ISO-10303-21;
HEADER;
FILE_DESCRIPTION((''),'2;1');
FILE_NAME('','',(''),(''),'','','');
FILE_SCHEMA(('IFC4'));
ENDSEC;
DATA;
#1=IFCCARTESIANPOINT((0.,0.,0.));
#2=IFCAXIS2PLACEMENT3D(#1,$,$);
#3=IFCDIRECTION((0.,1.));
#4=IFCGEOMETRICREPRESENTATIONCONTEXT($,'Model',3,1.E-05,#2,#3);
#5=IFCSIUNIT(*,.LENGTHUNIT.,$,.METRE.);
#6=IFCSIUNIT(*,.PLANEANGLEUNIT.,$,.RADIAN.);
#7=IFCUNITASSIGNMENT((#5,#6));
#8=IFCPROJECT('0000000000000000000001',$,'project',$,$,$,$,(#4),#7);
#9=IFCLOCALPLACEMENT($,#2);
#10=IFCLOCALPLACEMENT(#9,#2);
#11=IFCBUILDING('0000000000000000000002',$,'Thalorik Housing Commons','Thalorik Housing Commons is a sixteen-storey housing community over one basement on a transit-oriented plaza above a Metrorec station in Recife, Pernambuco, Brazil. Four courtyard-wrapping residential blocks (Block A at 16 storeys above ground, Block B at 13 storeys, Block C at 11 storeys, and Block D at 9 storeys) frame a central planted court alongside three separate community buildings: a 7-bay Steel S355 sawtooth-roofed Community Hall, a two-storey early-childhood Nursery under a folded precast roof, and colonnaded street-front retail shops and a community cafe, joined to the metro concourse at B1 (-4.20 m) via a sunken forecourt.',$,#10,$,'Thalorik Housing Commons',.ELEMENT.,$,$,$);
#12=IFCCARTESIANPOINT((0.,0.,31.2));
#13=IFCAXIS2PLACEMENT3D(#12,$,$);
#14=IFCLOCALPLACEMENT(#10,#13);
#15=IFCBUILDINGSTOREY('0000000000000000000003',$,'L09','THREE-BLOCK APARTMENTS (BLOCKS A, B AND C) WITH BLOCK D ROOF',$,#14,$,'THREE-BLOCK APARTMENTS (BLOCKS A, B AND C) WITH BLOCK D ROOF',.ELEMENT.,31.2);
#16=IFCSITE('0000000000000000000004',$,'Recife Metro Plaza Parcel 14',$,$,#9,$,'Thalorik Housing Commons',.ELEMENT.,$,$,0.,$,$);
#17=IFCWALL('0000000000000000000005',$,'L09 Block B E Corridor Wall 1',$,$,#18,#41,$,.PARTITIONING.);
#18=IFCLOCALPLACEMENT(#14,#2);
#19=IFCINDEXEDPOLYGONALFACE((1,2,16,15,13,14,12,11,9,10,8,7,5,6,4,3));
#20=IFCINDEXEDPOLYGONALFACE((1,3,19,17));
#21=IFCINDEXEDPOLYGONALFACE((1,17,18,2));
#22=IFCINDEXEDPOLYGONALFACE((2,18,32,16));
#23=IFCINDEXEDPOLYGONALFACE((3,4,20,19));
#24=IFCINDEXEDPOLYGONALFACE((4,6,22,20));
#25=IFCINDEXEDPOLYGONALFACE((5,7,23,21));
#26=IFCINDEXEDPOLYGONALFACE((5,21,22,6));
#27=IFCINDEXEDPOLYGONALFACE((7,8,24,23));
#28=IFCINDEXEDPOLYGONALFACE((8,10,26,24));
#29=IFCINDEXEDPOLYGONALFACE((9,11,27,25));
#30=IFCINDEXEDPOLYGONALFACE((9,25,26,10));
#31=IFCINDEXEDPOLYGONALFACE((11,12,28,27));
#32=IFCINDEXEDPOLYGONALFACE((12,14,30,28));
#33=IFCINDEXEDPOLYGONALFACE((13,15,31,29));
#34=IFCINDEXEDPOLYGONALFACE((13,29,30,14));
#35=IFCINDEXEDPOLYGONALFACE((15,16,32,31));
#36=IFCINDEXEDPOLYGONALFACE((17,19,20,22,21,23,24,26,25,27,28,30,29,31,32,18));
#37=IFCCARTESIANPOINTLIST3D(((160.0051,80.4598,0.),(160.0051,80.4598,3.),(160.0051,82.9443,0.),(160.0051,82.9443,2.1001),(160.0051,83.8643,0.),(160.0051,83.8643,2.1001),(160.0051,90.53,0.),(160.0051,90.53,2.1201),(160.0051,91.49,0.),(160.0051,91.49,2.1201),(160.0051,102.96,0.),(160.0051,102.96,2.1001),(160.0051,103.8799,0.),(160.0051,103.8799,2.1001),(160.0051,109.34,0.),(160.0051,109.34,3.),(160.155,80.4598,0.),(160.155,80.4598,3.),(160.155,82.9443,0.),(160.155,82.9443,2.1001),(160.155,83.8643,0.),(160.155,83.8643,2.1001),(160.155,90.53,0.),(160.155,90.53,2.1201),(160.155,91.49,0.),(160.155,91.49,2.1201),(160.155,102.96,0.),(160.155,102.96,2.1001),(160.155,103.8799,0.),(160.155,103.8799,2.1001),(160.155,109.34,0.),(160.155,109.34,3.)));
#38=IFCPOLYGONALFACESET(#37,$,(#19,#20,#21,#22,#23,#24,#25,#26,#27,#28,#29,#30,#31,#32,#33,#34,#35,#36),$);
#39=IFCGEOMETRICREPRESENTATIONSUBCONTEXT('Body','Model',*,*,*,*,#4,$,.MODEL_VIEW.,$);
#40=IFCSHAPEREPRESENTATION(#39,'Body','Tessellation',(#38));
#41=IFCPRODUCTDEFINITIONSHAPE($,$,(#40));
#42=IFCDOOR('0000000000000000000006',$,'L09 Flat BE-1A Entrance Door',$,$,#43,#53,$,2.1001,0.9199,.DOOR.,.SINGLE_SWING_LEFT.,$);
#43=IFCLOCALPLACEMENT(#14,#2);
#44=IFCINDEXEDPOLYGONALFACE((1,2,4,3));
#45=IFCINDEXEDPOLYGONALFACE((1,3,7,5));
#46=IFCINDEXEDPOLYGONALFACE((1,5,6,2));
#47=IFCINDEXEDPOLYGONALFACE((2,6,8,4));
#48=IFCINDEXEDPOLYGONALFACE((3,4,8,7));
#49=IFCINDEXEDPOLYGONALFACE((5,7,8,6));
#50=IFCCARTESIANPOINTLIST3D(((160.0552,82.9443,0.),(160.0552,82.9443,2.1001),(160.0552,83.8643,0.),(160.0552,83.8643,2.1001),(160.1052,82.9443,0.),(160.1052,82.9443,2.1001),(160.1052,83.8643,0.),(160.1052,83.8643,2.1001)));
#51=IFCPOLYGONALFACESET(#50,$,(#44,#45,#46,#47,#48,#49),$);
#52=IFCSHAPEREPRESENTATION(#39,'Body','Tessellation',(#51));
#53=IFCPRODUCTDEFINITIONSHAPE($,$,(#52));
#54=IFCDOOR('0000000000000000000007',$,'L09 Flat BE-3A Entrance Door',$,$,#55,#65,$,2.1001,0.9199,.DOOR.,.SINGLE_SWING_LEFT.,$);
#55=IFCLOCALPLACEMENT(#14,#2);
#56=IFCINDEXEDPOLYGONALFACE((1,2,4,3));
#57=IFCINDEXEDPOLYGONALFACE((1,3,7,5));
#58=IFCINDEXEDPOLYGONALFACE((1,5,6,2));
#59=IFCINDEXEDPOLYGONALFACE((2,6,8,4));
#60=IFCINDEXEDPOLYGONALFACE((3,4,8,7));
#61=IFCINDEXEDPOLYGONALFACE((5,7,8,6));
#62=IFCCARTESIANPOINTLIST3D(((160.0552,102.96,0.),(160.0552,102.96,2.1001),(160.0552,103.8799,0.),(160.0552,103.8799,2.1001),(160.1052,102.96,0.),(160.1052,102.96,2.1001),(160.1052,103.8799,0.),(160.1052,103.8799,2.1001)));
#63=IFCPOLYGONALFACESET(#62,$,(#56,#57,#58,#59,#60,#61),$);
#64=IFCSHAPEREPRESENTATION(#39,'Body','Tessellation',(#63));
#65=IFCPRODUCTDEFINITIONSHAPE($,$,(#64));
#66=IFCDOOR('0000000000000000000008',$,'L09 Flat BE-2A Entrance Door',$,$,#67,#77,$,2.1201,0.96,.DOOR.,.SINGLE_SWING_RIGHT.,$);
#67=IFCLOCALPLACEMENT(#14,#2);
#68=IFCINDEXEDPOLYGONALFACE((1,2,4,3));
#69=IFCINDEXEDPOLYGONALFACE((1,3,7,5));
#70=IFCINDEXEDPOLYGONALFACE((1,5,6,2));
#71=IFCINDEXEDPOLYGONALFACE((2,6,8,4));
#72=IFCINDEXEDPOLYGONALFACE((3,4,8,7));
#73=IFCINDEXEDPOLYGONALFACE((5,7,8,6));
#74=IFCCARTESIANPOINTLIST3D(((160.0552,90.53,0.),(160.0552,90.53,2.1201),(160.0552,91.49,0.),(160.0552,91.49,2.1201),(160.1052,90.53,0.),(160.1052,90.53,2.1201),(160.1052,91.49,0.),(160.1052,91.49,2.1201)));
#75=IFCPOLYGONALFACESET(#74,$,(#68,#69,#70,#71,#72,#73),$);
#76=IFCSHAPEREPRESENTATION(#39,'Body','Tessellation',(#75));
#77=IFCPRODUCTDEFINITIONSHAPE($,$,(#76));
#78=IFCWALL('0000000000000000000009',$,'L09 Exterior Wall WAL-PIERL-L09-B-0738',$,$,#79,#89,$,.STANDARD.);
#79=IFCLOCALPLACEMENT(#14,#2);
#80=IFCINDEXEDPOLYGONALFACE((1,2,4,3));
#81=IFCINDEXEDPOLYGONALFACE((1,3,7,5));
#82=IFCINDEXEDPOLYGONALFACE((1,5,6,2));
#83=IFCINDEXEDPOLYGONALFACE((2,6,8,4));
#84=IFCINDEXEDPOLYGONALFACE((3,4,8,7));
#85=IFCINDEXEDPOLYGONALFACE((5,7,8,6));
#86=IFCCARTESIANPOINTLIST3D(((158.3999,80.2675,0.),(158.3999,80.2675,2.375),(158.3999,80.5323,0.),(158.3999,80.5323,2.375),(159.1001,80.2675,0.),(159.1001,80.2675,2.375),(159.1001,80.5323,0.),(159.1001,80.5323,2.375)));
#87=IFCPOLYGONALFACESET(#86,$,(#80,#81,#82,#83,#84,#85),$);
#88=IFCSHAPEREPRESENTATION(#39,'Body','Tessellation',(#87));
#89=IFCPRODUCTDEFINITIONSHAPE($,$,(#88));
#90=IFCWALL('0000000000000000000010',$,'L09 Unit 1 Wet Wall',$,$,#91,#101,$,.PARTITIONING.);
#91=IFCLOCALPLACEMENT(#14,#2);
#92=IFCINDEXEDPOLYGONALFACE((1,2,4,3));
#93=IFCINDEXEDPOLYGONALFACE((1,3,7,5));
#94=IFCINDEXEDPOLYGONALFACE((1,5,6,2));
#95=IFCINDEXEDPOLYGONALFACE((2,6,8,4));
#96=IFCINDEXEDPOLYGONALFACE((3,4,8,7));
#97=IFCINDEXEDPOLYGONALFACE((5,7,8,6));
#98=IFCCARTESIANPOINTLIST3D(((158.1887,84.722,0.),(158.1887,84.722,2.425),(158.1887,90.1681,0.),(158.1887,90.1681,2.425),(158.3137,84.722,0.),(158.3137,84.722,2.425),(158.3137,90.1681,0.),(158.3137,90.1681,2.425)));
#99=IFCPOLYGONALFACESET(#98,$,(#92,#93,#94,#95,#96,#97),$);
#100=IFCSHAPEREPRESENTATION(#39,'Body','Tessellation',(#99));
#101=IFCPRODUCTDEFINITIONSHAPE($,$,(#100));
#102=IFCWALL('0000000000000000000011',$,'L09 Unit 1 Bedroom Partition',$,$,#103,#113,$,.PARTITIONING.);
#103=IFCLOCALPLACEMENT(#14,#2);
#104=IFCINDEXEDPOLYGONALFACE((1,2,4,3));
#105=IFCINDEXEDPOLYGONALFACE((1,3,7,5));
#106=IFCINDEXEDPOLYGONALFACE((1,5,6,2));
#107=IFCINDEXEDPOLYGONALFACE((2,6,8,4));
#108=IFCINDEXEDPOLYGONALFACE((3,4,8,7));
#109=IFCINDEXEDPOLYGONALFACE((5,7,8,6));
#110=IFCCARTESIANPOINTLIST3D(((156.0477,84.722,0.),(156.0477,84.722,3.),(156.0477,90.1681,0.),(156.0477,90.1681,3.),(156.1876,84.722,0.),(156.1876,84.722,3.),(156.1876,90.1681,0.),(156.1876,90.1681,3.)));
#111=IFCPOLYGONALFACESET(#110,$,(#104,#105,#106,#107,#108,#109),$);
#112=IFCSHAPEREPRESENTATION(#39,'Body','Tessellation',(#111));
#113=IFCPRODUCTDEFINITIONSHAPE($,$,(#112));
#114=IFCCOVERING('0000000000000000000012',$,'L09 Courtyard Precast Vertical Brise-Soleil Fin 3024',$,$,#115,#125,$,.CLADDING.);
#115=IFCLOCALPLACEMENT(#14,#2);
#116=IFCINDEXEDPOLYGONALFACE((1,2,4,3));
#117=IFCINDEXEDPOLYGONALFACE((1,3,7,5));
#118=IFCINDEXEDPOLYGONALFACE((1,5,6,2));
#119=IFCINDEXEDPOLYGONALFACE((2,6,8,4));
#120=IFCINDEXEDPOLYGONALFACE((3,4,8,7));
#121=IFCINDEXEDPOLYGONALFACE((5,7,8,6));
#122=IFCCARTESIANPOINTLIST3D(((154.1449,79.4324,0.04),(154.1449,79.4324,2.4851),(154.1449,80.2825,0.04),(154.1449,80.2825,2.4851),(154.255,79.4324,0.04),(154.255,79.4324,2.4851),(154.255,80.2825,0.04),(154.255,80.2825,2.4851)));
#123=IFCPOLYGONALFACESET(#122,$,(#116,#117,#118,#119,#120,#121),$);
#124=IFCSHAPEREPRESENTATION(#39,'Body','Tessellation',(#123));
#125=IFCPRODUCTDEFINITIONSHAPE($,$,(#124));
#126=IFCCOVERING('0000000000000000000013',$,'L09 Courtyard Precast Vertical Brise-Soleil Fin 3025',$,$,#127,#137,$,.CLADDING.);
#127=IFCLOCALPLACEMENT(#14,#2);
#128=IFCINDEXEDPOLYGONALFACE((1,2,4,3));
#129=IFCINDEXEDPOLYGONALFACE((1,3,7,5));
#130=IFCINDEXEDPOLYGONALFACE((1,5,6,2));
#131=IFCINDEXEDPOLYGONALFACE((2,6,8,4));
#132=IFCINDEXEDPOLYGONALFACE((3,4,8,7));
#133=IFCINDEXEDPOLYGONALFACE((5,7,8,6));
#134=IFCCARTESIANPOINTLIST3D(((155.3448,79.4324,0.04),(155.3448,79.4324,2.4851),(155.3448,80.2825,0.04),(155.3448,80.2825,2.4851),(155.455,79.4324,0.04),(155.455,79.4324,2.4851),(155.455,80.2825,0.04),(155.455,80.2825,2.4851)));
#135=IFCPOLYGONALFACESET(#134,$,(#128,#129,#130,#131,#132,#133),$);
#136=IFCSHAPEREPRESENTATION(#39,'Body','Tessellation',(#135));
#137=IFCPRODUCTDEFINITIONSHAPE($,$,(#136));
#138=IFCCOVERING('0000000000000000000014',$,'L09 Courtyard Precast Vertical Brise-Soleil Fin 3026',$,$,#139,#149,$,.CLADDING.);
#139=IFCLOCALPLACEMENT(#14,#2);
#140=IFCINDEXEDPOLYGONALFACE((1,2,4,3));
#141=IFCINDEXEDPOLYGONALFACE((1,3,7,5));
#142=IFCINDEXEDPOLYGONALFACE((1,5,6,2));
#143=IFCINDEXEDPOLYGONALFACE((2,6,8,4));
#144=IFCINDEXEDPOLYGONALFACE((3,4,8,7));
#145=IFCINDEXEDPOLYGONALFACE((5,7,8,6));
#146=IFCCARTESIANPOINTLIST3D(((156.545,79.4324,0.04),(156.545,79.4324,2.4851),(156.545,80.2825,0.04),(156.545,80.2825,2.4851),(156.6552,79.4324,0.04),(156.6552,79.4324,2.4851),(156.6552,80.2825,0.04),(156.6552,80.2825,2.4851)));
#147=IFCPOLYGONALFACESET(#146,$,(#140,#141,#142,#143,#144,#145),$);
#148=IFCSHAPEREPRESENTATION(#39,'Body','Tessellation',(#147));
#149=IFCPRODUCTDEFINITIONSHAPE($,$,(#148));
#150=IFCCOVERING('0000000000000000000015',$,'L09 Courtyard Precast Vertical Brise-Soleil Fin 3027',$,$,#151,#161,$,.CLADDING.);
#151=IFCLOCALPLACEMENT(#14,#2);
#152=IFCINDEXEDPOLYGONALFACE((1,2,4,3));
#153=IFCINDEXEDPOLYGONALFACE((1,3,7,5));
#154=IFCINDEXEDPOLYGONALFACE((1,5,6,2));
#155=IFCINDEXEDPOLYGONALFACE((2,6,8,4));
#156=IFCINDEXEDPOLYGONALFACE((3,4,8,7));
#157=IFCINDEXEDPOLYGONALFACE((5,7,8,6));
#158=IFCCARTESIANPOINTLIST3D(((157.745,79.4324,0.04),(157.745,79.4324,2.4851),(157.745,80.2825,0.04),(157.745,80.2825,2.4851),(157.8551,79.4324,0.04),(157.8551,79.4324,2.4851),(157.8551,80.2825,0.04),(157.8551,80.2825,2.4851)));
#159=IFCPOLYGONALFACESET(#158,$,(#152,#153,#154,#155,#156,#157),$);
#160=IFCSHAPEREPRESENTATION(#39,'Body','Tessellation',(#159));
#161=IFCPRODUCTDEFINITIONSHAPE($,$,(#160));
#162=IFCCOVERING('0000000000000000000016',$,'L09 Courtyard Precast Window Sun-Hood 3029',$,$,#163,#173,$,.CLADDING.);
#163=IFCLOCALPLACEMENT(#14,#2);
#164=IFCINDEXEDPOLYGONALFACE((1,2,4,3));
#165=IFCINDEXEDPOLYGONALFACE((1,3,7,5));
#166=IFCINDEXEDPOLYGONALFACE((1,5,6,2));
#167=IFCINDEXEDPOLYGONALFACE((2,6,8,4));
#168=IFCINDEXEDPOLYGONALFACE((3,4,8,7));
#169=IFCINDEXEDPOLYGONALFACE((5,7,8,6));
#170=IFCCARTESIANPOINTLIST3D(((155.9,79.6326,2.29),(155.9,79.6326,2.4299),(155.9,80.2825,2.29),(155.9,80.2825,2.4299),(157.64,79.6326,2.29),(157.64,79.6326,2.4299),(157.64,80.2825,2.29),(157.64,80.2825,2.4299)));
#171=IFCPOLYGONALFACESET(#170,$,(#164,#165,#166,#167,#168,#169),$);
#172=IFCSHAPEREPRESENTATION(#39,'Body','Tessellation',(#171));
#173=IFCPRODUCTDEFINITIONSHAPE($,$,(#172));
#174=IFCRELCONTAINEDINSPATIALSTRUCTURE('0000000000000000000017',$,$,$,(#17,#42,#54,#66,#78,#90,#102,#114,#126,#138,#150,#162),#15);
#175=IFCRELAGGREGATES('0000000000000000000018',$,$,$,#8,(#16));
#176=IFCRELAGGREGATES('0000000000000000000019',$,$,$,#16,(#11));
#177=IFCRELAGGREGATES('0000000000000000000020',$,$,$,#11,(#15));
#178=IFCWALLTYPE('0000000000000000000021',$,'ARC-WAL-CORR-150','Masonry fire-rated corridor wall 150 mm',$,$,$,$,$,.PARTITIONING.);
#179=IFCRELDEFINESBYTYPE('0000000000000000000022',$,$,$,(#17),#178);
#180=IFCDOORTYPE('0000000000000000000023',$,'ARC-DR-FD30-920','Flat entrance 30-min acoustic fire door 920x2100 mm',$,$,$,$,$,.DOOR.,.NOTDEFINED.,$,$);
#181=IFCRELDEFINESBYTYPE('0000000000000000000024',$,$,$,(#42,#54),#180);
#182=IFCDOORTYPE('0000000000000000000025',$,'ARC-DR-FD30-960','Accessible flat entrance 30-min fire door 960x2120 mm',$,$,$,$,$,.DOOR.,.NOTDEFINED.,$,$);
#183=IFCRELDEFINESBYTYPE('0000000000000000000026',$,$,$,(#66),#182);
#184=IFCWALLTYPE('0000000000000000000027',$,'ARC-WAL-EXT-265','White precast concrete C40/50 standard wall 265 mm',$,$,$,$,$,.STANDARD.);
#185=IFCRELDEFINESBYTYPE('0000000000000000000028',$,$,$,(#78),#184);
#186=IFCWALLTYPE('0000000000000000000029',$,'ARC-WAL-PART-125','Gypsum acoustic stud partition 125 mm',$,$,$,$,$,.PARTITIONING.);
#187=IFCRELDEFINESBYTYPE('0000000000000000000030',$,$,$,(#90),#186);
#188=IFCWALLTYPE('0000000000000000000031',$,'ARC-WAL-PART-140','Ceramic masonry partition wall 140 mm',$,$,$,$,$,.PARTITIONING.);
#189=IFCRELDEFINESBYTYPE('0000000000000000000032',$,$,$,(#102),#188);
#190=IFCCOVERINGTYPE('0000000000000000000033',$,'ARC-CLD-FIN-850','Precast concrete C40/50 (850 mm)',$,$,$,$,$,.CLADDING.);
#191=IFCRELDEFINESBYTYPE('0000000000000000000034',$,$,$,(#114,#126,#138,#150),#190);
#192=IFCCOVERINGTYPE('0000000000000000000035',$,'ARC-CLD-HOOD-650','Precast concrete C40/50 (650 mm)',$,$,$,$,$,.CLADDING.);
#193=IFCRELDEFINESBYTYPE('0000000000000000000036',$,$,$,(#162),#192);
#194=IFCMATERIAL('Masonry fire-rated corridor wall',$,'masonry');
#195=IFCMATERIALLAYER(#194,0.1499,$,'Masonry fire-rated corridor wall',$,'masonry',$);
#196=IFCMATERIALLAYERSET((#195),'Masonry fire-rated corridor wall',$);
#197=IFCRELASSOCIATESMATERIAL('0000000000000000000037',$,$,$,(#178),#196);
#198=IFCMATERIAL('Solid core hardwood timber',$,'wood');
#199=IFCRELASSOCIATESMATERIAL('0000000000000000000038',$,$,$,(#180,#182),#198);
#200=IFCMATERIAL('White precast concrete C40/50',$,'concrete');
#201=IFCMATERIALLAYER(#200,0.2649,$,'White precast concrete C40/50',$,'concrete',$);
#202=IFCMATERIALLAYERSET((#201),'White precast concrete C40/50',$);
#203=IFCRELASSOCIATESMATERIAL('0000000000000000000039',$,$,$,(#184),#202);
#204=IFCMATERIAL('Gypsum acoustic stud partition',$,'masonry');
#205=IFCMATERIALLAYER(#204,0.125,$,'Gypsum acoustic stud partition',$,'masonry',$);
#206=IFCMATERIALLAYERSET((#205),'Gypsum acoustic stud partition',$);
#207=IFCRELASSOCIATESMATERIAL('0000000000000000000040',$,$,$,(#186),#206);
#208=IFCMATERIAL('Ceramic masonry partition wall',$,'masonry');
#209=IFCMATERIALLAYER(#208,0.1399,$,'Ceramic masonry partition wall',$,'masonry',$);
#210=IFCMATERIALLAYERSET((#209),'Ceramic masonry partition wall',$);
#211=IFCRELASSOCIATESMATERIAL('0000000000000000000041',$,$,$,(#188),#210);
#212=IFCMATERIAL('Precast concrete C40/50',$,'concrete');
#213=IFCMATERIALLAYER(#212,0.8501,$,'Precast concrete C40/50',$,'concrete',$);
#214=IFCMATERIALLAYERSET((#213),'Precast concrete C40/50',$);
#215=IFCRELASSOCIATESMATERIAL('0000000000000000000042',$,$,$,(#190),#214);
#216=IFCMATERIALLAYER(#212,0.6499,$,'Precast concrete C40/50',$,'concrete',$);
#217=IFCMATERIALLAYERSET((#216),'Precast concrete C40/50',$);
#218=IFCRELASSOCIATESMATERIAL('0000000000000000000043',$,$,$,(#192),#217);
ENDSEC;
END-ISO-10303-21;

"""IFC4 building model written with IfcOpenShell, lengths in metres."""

from ifc_helpers import new_model, si_unit, direction, frame, frame_2d, origin, origin_2d, place, context, subcontext, project, spatial, rectangle, extrude, material, layer, layer_set, type_object, element, fill, save


model = new_model("IFC4")

# Units and contexts
model_context = context("Model", 3, precision=1e-05, world=origin(), true_north=direction((0.0, 1.0)))
body_context = subcontext(model_context, "Body", "Model", "MODEL_VIEW")
ifc_project = project(units=[si_unit("LENGTHUNIT", "METRE"), si_unit("PLANEANGLEUNIT", "RADIAN")], contexts=[model_context])

# Site, building, storey
site_placement = place(None, origin())
site = spatial("IfcSite", under=ifc_project, at=site_placement, Name="Recife Metro Plaza Parcel 14", LongName="Thalorik Housing Commons", CompositionType="ELEMENT", RefElevation=0.0)
building_placement = place(site_placement, origin())
building = spatial("IfcBuilding", under=site, at=building_placement, Name="Thalorik Housing Commons", Description="Thalorik Housing Commons is a sixteen-storey housing community over one basement on a transit-oriented plaza above a Metrorec station in Recife, Pernambuco, Brazil. Four courtyard-wrapping residential blocks (Block A at 16 storeys above ground, Block B at 13 storeys, Block C at 11 storeys, and Block D at 9 storeys) frame a central planted court alongside three separate community buildings: a 7-bay Steel S355 sawtooth-roofed Community Hall, a two-storey early-childhood Nursery under a folded precast roof, and colonnaded street-front retail shops and a community cafe, joined to the metro concourse at B1 (-4.20 m) via a sunken forecourt.", LongName="Thalorik Housing Commons", CompositionType="ELEMENT")
storey_placement = place(building_placement, frame((0.0, 0.0, 31.2)))
storey = spatial("IfcBuildingStorey", under=building, at=storey_placement, Name="L09", Description="THREE-BLOCK APARTMENTS (BLOCKS A, B AND C) WITH BLOCK D ROOF", LongName="THREE-BLOCK APARTMENTS (BLOCKS A, B AND C) WITH BLOCK D ROOF", CompositionType="ELEMENT", Elevation=31.2)

# Shared definitions
ifc_material_1 = material(Name="Precast concrete C40/50", Category="concrete")

# Wall, openings, doors
ifc_material_2 = material(Name="Masonry fire-rated corridor wall", Category="masonry")
ifc_layer_1 = layer(ifc_material_2, 0.1499, Name="Masonry fire-rated corridor wall", Category="masonry")
ifc_layer_set_1 = layer_set([ifc_layer_1], Name="Masonry fire-rated corridor wall")
wall_type_1 = type_object("IfcWallType", Name="ARC-WAL-CORR-150", Description="Masonry fire-rated corridor wall 150 mm", PredefinedType="PARTITIONING", material=ifc_layer_set_1)
wall_1_placement = place(storey_placement, frame((160.0801, 80.46, 0.0), z_axis=(0.0, 0.0, 1.0), x_axis=(0.0, 1.0, 0.0)))
wall_1 = element("IfcWall", 1, at=wall_1_placement, inside=storey, type_object=wall_type_1, Name="L09 Block B E Corridor Wall 1", PredefinedType="PARTITIONING", context=body_context, shape_type="SweptSolid", body=[
    extrude(rectangle(XDim=28.8801, YDim=0.1499, at=frame_2d((14.4399, 0.0))), origin(), (0.0, 0.0, 1.0), 3.0),
])
opening_1_placement = place(wall_1_placement, frame((2.4844, 0.0, 0.0)))
opening_1 = element("IfcOpeningElement", 2, at=opening_1_placement, cuts=wall_1, PredefinedType="OPENING", context=body_context, shape_type="SweptSolid", body=[
    extrude(rectangle(XDim=0.9199, YDim=2.1001, at=frame_2d((0.46, 1.05))), frame((0.0, 0.085, 0.0), z_axis=(0.0, -1.0, 0.0), x_axis=(1.0, 0.0, 0.0)), (0.0, 0.0, 1.0), 0.1699),
])
opening_2_placement = place(wall_1_placement, frame((10.0701, 0.0, 0.0)))
opening_2 = element("IfcOpeningElement", 3, at=opening_2_placement, cuts=wall_1, PredefinedType="OPENING", context=body_context, shape_type="SweptSolid", body=[
    extrude(rectangle(XDim=0.96, YDim=2.1201, at=frame_2d((0.48, 1.0601))), frame((0.0, 0.085, 0.0), z_axis=(0.0, -1.0, 0.0), x_axis=(1.0, 0.0, 0.0)), (0.0, 0.0, 1.0), 0.1699),
])
opening_3_placement = place(wall_1_placement, frame((22.5, 0.0, 0.0)))
opening_3 = element("IfcOpeningElement", 4, at=opening_3_placement, cuts=wall_1, PredefinedType="OPENING", context=body_context, shape_type="SweptSolid", body=[
    extrude(rectangle(XDim=0.9199, YDim=2.1001, at=frame_2d((0.46, 1.05))), frame((0.0, 0.085, 0.0), z_axis=(0.0, -1.0, 0.0), x_axis=(1.0, 0.0, 0.0)), (0.0, 0.0, 1.0), 0.1699),
])
ifc_material_3 = material(Name="Solid core hardwood timber", Category="wood")
door_type_1 = type_object("IfcDoorType", Name="ARC-DR-FD30-920", Description="Flat entrance 30-min acoustic fire door 920x2100 mm", OperationType="NOTDEFINED", PredefinedType="DOOR", material=ifc_material_3)
door_1_placement = place(opening_1_placement, origin())
door_1 = element("IfcDoor", 5, at=door_1_placement, inside=storey, type_object=door_type_1, Name="L09 Flat BE-1A Entrance Door", OperationType="SINGLE_SWING_LEFT", OverallHeight=2.1001, OverallWidth=0.9199, PredefinedType="DOOR", context=body_context, shape_type="SweptSolid", body=[
    extrude(rectangle(XDim=0.9199, YDim=2.1001, at=frame_2d((0.46, 1.05))), frame((0.0, 0.0249, 0.0), z_axis=(0.0, -1.0, 0.0), x_axis=(1.0, 0.0, 0.0)), (0.0, 0.0, 1.0), 0.05),
])
fill(opening_1, door_1)
door_2_placement = place(opening_3_placement, origin())
door_2 = element("IfcDoor", 6, at=door_2_placement, inside=storey, type_object=door_type_1, Name="L09 Flat BE-3A Entrance Door", OperationType="SINGLE_SWING_LEFT", OverallHeight=2.1001, OverallWidth=0.9199, PredefinedType="DOOR", context=body_context, shape_type="SweptSolid", body=[
    extrude(rectangle(XDim=0.9199, YDim=2.1001, at=frame_2d((0.46, 1.05))), frame((0.0, 0.0249, 0.0), z_axis=(0.0, -1.0, 0.0), x_axis=(1.0, 0.0, 0.0)), (0.0, 0.0, 1.0), 0.05),
])
fill(opening_3, door_2)
door_type_2 = type_object("IfcDoorType", Name="ARC-DR-FD30-960", Description="Accessible flat entrance 30-min fire door 960x2120 mm", OperationType="NOTDEFINED", PredefinedType="DOOR", material=ifc_material_3)
door_3_placement = place(opening_2_placement, origin())
door_3 = element("IfcDoor", 7, at=door_3_placement, inside=storey, type_object=door_type_2, Name="L09 Flat BE-2A Entrance Door", OperationType="SINGLE_SWING_RIGHT", OverallHeight=2.1201, OverallWidth=0.96, PredefinedType="DOOR", context=body_context, shape_type="SweptSolid", body=[
    extrude(rectangle(XDim=0.96, YDim=2.1201, at=frame_2d((0.48, 1.0601))), frame((0.0, 0.0249, 0.0), z_axis=(0.0, -1.0, 0.0), x_axis=(1.0, 0.0, 0.0)), (0.0, 0.0, 1.0), 0.05),
])
fill(opening_2, door_3)

# Walls
ifc_material_4 = material(Name="White precast concrete C40/50", Category="concrete")
ifc_layer_2 = layer(ifc_material_4, 0.2649, Name="White precast concrete C40/50", Category="concrete")
ifc_layer_set_2 = layer_set([ifc_layer_2], Name="White precast concrete C40/50")
wall_type_2 = type_object("IfcWallType", Name="ARC-WAL-EXT-265", Description="White precast concrete C40/50 standard wall 265 mm", PredefinedType="STANDARD", material=ifc_layer_set_2)
wall_2_placement = place(storey_placement, frame((158.3999, 80.3999, 0.0), z_axis=(0.0, 0.0, 1.0), x_axis=(1.0, 0.0, 0.0)))
element("IfcWall", 8, at=wall_2_placement, inside=storey, type_object=wall_type_2, Name="L09 Exterior Wall WAL-PIERL-L09-B-0738", PredefinedType="STANDARD", context=body_context, shape_type="SweptSolid", body=[
    extrude(rectangle(XDim=0.7002, YDim=0.2649, at=frame_2d((0.3501, 0.0))), origin(), (0.0, 0.0, 1.0), 2.375),
])
ifc_material_5 = material(Name="Gypsum acoustic stud partition", Category="masonry")
ifc_layer_3 = layer(ifc_material_5, 0.125, Name="Gypsum acoustic stud partition", Category="masonry")
ifc_layer_set_3 = layer_set([ifc_layer_3], Name="Gypsum acoustic stud partition")
wall_type_3 = type_object("IfcWallType", Name="ARC-WAL-PART-125", Description="Gypsum acoustic stud partition 125 mm", PredefinedType="PARTITIONING", material=ifc_layer_set_3)
wall_3_placement = place(storey_placement, frame((158.2512, 84.7219, 0.0), z_axis=(0.0, 0.0, 1.0), x_axis=(0.0, 1.0, 0.0)))
element("IfcWall", 9, at=wall_3_placement, inside=storey, type_object=wall_type_3, Name="L09 Unit 1 Wet Wall", PredefinedType="PARTITIONING", context=body_context, shape_type="SweptSolid", body=[
    extrude(rectangle(XDim=5.446, YDim=0.125, at=frame_2d((2.7231, 0.0))), origin(), (0.0, 0.0, 1.0), 2.425),
])
ifc_material_6 = material(Name="Ceramic masonry partition wall", Category="masonry")
ifc_layer_4 = layer(ifc_material_6, 0.1399, Name="Ceramic masonry partition wall", Category="masonry")
ifc_layer_set_4 = layer_set([ifc_layer_4], Name="Ceramic masonry partition wall")
wall_type_4 = type_object("IfcWallType", Name="ARC-WAL-PART-140", Description="Ceramic masonry partition wall 140 mm", PredefinedType="PARTITIONING", material=ifc_layer_set_4)
wall_4_placement = place(storey_placement, frame((156.1177, 84.7219, 0.0), z_axis=(0.0, 0.0, 1.0), x_axis=(0.0, 1.0, 0.0)))
element("IfcWall", 10, at=wall_4_placement, inside=storey, type_object=wall_type_4, Name="L09 Unit 1 Bedroom Partition", PredefinedType="PARTITIONING", context=body_context, shape_type="SweptSolid", body=[
    extrude(rectangle(XDim=5.446, YDim=0.1399, at=frame_2d((2.7231, 0.0))), origin(), (0.0, 0.0, 1.0), 3.0),
])

# Coverings
ifc_layer_5 = layer(ifc_material_1, 0.8501, Name="Precast concrete C40/50", Category="concrete")
ifc_layer_set_5 = layer_set([ifc_layer_5], Name="Precast concrete C40/50")
covering_type_1 = type_object("IfcCoveringType", Name="ARC-CLD-FIN-850", Description="Precast concrete C40/50 (850 mm)", PredefinedType="CLADDING", material=ifc_layer_set_5)
for number, where, z_axis, x_axis, name in (
    (11, (154.2, 79.8574, 0.04), (0.0, 0.0, 1.0), (1.0, 0.0, 0.0), "L09 Courtyard Precast Vertical Brise-Soleil Fin 3024"),
    (12, (155.3999, 79.8574, 0.04), (0.0, 0.0, 1.0), (1.0, 0.0, 0.0), "L09 Courtyard Precast Vertical Brise-Soleil Fin 3025"),
    (13, (156.6001, 79.8574, 0.04), (0.0, 0.0, 1.0), (1.0, 0.0, 0.0), "L09 Courtyard Precast Vertical Brise-Soleil Fin 3026"),
    (14, (157.8, 79.8574, 0.04), (0.0, 0.0, 1.0), (1.0, 0.0, 0.0), "L09 Courtyard Precast Vertical Brise-Soleil Fin 3027"),
):
    element("IfcCovering", number, at=place(storey_placement, frame(where, z_axis=z_axis, x_axis=x_axis)), inside=storey, type_object=covering_type_1, Name=name, PredefinedType="CLADDING", context=body_context, shape_type="SweptSolid", body=[
        extrude(rectangle(XDim=0.1101, YDim=0.8501, at=origin_2d()), origin(), (0.0, 0.0, 1.0), 2.4451),
    ])
ifc_layer_6 = layer(ifc_material_1, 0.6499, Name="Precast concrete C40/50", Category="concrete")
ifc_layer_set_6 = layer_set([ifc_layer_6], Name="Precast concrete C40/50")
covering_type_2 = type_object("IfcCoveringType", Name="ARC-CLD-HOOD-650", Description="Precast concrete C40/50 (650 mm)", PredefinedType="CLADDING", material=ifc_layer_set_6)
covering_placement = place(storey_placement, frame((156.77, 79.9575, 2.29), z_axis=(0.0, 0.0, 1.0), x_axis=(1.0, 0.0, 0.0)))
element("IfcCovering", 15, at=covering_placement, inside=storey, type_object=covering_type_2, Name="L09 Courtyard Precast Window Sun-Hood 3029", PredefinedType="CLADDING", context=body_context, shape_type="SweptSolid", body=[
    extrude(rectangle(XDim=1.74, YDim=0.6499, at=origin_2d()), origin(), (0.0, 0.0, 1.0), 0.1399),
])

save(model, "model.ifc")
